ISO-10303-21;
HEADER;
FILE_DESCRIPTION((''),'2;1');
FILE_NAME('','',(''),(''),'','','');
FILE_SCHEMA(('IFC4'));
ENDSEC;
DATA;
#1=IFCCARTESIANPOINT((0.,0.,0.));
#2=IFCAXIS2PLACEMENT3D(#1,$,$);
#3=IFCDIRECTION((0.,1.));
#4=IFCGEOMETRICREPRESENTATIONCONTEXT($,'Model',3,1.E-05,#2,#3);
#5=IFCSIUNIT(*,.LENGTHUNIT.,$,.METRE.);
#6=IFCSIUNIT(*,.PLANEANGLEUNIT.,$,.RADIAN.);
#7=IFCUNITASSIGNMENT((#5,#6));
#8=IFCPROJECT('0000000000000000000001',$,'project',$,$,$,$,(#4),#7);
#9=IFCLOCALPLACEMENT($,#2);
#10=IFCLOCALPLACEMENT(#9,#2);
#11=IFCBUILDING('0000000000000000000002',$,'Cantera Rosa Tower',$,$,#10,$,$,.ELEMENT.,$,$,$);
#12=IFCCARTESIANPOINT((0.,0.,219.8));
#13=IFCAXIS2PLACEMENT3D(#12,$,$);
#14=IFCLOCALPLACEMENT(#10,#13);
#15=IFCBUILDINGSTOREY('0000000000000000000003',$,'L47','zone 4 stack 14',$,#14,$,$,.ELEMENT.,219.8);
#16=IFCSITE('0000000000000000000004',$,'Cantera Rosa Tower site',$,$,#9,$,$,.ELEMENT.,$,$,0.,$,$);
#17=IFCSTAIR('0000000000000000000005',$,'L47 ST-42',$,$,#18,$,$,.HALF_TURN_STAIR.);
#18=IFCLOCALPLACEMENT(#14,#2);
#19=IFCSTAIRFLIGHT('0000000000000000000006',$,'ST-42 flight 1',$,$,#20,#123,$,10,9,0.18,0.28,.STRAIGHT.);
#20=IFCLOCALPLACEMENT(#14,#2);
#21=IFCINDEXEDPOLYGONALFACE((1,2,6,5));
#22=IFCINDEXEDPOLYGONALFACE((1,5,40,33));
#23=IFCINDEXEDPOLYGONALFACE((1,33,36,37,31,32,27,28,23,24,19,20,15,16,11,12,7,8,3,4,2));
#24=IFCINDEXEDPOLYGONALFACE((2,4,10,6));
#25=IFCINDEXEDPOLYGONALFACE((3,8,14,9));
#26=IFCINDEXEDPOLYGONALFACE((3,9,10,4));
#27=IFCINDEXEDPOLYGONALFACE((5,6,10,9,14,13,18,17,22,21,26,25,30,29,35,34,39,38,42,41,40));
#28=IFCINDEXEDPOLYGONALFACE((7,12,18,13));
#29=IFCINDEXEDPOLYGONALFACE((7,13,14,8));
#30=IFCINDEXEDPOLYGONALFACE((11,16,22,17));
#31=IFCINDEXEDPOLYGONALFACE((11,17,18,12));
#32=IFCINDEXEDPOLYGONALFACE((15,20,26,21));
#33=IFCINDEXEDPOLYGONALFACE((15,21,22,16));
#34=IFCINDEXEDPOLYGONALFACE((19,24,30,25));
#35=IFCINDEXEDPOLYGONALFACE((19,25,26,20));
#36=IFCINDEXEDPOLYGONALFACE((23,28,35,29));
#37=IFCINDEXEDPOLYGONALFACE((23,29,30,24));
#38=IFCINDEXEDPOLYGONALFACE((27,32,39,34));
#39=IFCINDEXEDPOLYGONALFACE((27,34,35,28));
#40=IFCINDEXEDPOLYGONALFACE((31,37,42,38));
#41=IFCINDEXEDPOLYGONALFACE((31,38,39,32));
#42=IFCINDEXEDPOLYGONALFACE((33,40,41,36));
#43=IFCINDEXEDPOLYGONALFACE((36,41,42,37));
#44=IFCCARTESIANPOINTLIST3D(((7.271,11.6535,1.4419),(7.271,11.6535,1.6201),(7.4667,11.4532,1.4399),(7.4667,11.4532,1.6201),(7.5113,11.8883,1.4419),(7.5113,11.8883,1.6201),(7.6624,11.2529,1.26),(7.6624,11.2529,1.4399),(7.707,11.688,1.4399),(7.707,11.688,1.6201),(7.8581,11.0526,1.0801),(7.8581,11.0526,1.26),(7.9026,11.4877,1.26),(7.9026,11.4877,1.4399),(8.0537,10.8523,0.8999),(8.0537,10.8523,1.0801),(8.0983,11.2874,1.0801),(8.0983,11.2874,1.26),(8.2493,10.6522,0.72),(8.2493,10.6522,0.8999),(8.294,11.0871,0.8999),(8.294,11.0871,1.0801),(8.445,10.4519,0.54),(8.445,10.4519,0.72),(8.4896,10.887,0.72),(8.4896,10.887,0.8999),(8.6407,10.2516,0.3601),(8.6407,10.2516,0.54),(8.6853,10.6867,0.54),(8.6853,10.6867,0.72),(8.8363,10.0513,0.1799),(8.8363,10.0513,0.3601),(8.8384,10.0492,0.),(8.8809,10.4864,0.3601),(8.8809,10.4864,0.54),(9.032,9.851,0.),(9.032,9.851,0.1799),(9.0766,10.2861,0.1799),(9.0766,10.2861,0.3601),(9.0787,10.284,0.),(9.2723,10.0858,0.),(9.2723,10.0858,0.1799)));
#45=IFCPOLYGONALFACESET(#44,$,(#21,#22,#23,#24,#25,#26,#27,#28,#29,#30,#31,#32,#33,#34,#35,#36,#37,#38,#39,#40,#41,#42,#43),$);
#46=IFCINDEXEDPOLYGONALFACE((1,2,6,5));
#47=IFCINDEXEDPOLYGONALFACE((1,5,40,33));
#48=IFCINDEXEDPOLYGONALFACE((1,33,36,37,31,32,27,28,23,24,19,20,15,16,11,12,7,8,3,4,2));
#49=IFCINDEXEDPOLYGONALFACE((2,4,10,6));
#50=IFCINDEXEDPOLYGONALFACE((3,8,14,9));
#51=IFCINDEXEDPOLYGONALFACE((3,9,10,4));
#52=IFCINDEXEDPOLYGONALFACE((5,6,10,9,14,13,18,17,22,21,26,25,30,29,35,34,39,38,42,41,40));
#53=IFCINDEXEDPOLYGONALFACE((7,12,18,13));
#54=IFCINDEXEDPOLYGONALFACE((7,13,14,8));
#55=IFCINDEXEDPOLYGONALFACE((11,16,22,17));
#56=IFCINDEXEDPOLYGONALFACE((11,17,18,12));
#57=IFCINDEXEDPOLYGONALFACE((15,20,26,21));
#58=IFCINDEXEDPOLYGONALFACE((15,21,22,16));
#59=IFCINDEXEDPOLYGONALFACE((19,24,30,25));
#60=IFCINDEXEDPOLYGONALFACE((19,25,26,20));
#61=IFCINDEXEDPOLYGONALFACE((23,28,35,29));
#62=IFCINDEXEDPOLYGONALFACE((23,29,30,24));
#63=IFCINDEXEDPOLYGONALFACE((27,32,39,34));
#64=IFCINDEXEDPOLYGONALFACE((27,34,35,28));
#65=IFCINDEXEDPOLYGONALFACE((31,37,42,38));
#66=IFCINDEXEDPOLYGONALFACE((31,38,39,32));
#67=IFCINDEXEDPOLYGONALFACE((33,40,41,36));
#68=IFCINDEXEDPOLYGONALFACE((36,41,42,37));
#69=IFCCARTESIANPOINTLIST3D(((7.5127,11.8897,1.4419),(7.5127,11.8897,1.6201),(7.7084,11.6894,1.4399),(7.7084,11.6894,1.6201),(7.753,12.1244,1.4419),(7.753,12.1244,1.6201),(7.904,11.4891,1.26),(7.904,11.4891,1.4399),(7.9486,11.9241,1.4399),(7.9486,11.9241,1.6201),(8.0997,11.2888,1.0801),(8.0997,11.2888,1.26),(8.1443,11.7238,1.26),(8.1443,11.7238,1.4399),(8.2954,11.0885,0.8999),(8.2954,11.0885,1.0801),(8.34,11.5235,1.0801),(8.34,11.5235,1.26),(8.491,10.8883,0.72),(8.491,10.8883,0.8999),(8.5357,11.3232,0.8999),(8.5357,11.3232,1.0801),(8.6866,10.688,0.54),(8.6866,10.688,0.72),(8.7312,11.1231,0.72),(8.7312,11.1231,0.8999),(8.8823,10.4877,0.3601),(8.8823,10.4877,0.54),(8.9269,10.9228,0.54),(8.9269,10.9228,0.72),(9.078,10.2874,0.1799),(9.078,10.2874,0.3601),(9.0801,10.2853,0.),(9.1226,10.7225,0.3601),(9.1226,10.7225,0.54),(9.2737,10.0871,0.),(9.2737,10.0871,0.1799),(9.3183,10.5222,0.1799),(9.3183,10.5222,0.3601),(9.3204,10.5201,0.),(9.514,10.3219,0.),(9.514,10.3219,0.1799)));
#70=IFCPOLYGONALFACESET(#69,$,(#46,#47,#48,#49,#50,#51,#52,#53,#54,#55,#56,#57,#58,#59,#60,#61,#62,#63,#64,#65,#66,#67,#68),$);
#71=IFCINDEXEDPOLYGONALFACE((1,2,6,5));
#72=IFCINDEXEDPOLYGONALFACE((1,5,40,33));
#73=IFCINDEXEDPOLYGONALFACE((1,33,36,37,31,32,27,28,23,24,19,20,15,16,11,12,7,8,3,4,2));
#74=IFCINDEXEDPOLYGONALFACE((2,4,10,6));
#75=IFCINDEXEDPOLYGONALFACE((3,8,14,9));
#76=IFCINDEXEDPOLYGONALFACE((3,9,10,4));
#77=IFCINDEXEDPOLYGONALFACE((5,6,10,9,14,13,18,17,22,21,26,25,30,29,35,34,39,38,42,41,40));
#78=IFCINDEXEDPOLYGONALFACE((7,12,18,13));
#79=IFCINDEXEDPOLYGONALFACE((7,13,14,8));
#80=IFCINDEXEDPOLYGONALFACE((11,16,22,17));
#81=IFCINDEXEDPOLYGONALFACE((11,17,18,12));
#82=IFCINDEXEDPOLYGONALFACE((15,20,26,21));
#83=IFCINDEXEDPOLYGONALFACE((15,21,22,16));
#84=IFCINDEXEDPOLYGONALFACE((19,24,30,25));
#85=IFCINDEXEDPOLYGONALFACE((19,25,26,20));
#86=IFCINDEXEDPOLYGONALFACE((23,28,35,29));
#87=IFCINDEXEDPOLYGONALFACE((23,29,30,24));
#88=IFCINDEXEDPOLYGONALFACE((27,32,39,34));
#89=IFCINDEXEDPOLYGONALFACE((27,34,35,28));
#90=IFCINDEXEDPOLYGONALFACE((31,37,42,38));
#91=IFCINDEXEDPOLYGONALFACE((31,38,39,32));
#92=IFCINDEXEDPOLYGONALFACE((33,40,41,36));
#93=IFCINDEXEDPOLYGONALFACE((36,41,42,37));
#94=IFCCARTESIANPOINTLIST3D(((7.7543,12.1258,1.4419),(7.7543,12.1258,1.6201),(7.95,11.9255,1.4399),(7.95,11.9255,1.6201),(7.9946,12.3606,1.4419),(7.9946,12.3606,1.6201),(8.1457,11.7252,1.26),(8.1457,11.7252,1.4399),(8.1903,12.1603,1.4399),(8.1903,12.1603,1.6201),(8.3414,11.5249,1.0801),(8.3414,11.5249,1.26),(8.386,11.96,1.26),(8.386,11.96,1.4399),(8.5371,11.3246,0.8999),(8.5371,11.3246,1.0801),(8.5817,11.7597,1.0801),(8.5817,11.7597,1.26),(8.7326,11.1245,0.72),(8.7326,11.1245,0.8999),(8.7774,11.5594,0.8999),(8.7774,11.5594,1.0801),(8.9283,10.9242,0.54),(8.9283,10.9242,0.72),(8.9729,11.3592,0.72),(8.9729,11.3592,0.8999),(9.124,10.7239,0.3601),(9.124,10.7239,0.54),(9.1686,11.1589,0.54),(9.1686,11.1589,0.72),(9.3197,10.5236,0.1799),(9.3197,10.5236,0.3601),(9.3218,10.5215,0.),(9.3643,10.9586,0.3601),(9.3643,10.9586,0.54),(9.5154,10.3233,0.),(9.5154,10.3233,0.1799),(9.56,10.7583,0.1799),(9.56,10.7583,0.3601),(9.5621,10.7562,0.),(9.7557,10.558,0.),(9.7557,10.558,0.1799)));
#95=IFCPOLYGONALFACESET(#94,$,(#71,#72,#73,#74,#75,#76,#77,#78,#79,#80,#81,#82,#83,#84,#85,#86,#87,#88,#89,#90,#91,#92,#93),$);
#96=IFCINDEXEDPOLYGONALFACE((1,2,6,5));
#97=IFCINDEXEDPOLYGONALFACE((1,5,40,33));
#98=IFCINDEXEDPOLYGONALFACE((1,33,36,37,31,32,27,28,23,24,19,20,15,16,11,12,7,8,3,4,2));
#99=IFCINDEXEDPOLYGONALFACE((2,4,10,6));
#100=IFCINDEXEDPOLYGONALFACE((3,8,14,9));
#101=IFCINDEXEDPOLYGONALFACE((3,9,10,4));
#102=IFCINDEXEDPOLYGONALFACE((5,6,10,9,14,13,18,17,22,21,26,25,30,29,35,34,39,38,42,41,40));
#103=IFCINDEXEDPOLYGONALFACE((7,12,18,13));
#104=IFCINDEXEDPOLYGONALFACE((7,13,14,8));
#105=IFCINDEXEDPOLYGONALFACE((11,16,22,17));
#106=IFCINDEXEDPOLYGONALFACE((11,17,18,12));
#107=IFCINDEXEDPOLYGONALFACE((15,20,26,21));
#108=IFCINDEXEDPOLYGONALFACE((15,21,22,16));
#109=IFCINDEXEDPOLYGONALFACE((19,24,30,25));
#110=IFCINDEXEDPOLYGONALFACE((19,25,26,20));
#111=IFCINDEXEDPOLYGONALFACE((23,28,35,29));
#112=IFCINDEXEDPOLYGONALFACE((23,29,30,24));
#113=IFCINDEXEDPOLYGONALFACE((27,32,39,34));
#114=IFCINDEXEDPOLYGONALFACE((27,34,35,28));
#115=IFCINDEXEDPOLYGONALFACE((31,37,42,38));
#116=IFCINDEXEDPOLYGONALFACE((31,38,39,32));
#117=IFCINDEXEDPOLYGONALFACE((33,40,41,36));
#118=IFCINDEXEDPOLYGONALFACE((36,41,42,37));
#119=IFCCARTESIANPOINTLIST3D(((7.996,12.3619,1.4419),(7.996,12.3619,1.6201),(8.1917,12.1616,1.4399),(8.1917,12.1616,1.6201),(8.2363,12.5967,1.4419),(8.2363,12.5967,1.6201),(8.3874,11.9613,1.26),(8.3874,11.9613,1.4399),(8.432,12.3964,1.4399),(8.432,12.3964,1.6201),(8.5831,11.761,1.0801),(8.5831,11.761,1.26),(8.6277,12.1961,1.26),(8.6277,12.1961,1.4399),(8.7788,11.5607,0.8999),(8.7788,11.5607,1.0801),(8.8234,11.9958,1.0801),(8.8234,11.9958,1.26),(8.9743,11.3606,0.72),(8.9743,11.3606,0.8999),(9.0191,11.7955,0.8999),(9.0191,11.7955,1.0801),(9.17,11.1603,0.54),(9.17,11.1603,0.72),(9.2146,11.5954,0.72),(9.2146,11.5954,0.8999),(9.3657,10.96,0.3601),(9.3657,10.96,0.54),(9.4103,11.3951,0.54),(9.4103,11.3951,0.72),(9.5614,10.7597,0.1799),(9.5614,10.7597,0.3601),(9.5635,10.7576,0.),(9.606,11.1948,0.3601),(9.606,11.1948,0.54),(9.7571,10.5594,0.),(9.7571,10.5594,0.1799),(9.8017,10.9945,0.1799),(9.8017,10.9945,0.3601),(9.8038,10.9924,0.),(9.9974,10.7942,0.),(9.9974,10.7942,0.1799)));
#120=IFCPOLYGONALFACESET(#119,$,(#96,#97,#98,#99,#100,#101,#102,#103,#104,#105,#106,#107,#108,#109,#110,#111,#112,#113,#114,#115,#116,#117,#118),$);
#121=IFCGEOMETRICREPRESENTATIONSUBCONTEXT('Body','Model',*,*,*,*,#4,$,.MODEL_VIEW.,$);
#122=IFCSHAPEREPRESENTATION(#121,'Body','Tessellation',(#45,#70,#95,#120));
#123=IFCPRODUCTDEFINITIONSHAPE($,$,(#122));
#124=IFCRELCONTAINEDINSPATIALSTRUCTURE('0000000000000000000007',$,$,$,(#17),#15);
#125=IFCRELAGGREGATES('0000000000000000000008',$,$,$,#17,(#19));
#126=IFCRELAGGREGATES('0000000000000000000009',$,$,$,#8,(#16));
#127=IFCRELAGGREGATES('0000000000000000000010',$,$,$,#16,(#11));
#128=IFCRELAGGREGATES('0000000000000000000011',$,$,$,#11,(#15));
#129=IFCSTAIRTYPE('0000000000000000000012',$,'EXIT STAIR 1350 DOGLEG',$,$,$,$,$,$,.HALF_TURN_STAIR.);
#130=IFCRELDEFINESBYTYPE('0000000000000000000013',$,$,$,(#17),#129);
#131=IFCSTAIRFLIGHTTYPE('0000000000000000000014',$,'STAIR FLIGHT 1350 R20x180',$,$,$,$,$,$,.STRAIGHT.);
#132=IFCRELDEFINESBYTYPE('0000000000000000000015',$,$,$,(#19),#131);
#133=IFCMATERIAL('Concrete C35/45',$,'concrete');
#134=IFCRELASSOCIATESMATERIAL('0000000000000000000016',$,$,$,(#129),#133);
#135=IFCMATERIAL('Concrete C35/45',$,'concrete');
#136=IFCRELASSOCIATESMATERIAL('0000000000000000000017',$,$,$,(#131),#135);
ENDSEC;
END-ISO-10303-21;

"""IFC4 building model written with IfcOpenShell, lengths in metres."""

from ifc_helpers import new_model, si_unit, direction, frame, origin, place, context, subcontext, project, spatial, polyline, outline, extrude, material, type_object, element, aggregate, save


model = new_model("IFC4")

# Units and contexts
model_context = context("Model", 3, precision=1e-05, world=origin(), true_north=direction((0.0, 1.0)))
body_context = subcontext(model_context, "Body", "Model", "MODEL_VIEW")
ifc_project = project(units=[si_unit("LENGTHUNIT", "METRE"), si_unit("PLANEANGLEUNIT", "RADIAN")], contexts=[model_context])

# Site, building, storey
site_placement = place(None, origin())
site = spatial("IfcSite", under=ifc_project, at=site_placement, Name="Cantera Rosa Tower site", CompositionType="ELEMENT", RefElevation=0.0)
building_placement = place(site_placement, origin())
building = spatial("IfcBuilding", under=site, at=building_placement, Name="Cantera Rosa Tower", CompositionType="ELEMENT")
storey_placement = place(building_placement, frame((0.0, 0.0, 219.8)))
storey = spatial("IfcBuildingStorey", under=building, at=storey_placement, Name="L47", Description="zone 4 stack 14", CompositionType="ELEMENT", Elevation=219.8)

# Shared definitions
ifc_material_1 = material(Name="Concrete C35/45", Category="concrete")
stair_type = type_object("IfcStairType", Name="EXIT STAIR 1350 DOGLEG", PredefinedType="HALF_TURN_STAIR", material=ifc_material_1)
ifc_material_2 = material(Name="Concrete C35/45", Category="concrete")
stair_flight_type = type_object("IfcStairFlightType", Name="STAIR FLIGHT 1350 R20x180", PredefinedType="STRAIGHT", material=ifc_material_2)

# Stair, stair flight
stair_1_placement = place(storey_placement, origin())
stair_1 = element("IfcStair", 1, at=stair_1_placement, inside=storey, type_object=stair_type, Name="L47 ST-42", PredefinedType="HALF_TURN_STAIR")
stair_flight_1_placement = place(storey_placement, frame((9.5149, 10.3228, 0.0), z_axis=(0.0, 0.0, 1.0), x_axis=(-0.698832, 0.715286, 0.0)))
stair_flight_1 = element("IfcStairFlight", 2, at=stair_flight_1_placement, type_object=stair_flight_type, Name="ST-42 flight 1", NumberOfRisers=10, NumberOfTreads=9, PredefinedType="STRAIGHT", RiserHeight=0.18, TreadLength=0.28, context=body_context, shape_type="SweptSolid", body=[
    extrude(outline(polyline([(0.0, 0.0), (0.0, 0.1799), (0.28, 0.1799), (0.28, 0.3601), (0.5601, 0.3601), (0.5601, 0.54), (0.8401, 0.54), (0.8401, 0.72), (1.1201, 0.72), (1.1201, 0.8999), (1.3999, 0.8999), (1.3999, 1.0801), (1.6799, 1.0801), (1.6799, 1.26), (1.96, 1.26), (1.96, 1.4399), (2.24, 1.4399), (2.24, 1.6201), (2.52, 1.6201), (2.52, 1.8), (2.52, 1.4419), (0.2771, 0.0), (0.0, 0.0)])), frame((0.0, 0.675, 0.0), z_axis=(0.0, -1.0, 0.0), x_axis=(1.0, 0.0, 0.0)), (0.0, 0.0, 1.0), 0.3359),
    extrude(outline(polyline([(0.0, 0.0), (0.0, 0.1799), (0.28, 0.1799), (0.28, 0.3601), (0.5601, 0.3601), (0.5601, 0.54), (0.8401, 0.54), (0.8401, 0.72), (1.1201, 0.72), (1.1201, 0.8999), (1.3999, 0.8999), (1.3999, 1.0801), (1.6799, 1.0801), (1.6799, 1.26), (1.96, 1.26), (1.96, 1.4399), (2.24, 1.4399), (2.24, 1.6201), (2.52, 1.6201), (2.52, 1.8), (2.52, 1.4419), (0.2771, 0.0), (0.0, 0.0)])), frame((0.0, 0.3372, 0.0), z_axis=(0.0, -1.0, 0.0), x_axis=(1.0, 0.0, 0.0)), (0.0, 0.0, 1.0), 0.3359),
    extrude(outline(polyline([(0.0, 0.0), (0.0, 0.1799), (0.28, 0.1799), (0.28, 0.3601), (0.5601, 0.3601), (0.5601, 0.54), (0.8401, 0.54), (0.8401, 0.72), (1.1201, 0.72), (1.1201, 0.8999), (1.3999, 0.8999), (1.3999, 1.0801), (1.6799, 1.0801), (1.6799, 1.26), (1.96, 1.26), (1.96, 1.4399), (2.24, 1.4399), (2.24, 1.6201), (2.52, 1.6201), (2.52, 1.8), (2.52, 1.4419), (0.2771, 0.0), (0.0, 0.0)])), frame((0.0, -0.0007, 0.0), z_axis=(0.0, -1.0, 0.0), x_axis=(1.0, 0.0, 0.0)), (0.0, 0.0, 1.0), 0.3359),
    extrude(outline(polyline([(0.0, 0.0), (0.0, 0.1799), (0.28, 0.1799), (0.28, 0.3601), (0.5601, 0.3601), (0.5601, 0.54), (0.8401, 0.54), (0.8401, 0.72), (1.1201, 0.72), (1.1201, 0.8999), (1.3999, 0.8999), (1.3999, 1.0801), (1.6799, 1.0801), (1.6799, 1.26), (1.96, 1.26), (1.96, 1.4399), (2.24, 1.4399), (2.24, 1.6201), (2.52, 1.6201), (2.52, 1.8), (2.52, 1.4419), (0.2771, 0.0), (0.0, 0.0)])), frame((0.0, -0.3386, 0.0), z_axis=(0.0, -1.0, 0.0), x_axis=(1.0, 0.0, 0.0)), (0.0, 0.0, 1.0), 0.3359),
])
aggregate(stair_1, [stair_flight_1])

save(model, "model.ifc")
